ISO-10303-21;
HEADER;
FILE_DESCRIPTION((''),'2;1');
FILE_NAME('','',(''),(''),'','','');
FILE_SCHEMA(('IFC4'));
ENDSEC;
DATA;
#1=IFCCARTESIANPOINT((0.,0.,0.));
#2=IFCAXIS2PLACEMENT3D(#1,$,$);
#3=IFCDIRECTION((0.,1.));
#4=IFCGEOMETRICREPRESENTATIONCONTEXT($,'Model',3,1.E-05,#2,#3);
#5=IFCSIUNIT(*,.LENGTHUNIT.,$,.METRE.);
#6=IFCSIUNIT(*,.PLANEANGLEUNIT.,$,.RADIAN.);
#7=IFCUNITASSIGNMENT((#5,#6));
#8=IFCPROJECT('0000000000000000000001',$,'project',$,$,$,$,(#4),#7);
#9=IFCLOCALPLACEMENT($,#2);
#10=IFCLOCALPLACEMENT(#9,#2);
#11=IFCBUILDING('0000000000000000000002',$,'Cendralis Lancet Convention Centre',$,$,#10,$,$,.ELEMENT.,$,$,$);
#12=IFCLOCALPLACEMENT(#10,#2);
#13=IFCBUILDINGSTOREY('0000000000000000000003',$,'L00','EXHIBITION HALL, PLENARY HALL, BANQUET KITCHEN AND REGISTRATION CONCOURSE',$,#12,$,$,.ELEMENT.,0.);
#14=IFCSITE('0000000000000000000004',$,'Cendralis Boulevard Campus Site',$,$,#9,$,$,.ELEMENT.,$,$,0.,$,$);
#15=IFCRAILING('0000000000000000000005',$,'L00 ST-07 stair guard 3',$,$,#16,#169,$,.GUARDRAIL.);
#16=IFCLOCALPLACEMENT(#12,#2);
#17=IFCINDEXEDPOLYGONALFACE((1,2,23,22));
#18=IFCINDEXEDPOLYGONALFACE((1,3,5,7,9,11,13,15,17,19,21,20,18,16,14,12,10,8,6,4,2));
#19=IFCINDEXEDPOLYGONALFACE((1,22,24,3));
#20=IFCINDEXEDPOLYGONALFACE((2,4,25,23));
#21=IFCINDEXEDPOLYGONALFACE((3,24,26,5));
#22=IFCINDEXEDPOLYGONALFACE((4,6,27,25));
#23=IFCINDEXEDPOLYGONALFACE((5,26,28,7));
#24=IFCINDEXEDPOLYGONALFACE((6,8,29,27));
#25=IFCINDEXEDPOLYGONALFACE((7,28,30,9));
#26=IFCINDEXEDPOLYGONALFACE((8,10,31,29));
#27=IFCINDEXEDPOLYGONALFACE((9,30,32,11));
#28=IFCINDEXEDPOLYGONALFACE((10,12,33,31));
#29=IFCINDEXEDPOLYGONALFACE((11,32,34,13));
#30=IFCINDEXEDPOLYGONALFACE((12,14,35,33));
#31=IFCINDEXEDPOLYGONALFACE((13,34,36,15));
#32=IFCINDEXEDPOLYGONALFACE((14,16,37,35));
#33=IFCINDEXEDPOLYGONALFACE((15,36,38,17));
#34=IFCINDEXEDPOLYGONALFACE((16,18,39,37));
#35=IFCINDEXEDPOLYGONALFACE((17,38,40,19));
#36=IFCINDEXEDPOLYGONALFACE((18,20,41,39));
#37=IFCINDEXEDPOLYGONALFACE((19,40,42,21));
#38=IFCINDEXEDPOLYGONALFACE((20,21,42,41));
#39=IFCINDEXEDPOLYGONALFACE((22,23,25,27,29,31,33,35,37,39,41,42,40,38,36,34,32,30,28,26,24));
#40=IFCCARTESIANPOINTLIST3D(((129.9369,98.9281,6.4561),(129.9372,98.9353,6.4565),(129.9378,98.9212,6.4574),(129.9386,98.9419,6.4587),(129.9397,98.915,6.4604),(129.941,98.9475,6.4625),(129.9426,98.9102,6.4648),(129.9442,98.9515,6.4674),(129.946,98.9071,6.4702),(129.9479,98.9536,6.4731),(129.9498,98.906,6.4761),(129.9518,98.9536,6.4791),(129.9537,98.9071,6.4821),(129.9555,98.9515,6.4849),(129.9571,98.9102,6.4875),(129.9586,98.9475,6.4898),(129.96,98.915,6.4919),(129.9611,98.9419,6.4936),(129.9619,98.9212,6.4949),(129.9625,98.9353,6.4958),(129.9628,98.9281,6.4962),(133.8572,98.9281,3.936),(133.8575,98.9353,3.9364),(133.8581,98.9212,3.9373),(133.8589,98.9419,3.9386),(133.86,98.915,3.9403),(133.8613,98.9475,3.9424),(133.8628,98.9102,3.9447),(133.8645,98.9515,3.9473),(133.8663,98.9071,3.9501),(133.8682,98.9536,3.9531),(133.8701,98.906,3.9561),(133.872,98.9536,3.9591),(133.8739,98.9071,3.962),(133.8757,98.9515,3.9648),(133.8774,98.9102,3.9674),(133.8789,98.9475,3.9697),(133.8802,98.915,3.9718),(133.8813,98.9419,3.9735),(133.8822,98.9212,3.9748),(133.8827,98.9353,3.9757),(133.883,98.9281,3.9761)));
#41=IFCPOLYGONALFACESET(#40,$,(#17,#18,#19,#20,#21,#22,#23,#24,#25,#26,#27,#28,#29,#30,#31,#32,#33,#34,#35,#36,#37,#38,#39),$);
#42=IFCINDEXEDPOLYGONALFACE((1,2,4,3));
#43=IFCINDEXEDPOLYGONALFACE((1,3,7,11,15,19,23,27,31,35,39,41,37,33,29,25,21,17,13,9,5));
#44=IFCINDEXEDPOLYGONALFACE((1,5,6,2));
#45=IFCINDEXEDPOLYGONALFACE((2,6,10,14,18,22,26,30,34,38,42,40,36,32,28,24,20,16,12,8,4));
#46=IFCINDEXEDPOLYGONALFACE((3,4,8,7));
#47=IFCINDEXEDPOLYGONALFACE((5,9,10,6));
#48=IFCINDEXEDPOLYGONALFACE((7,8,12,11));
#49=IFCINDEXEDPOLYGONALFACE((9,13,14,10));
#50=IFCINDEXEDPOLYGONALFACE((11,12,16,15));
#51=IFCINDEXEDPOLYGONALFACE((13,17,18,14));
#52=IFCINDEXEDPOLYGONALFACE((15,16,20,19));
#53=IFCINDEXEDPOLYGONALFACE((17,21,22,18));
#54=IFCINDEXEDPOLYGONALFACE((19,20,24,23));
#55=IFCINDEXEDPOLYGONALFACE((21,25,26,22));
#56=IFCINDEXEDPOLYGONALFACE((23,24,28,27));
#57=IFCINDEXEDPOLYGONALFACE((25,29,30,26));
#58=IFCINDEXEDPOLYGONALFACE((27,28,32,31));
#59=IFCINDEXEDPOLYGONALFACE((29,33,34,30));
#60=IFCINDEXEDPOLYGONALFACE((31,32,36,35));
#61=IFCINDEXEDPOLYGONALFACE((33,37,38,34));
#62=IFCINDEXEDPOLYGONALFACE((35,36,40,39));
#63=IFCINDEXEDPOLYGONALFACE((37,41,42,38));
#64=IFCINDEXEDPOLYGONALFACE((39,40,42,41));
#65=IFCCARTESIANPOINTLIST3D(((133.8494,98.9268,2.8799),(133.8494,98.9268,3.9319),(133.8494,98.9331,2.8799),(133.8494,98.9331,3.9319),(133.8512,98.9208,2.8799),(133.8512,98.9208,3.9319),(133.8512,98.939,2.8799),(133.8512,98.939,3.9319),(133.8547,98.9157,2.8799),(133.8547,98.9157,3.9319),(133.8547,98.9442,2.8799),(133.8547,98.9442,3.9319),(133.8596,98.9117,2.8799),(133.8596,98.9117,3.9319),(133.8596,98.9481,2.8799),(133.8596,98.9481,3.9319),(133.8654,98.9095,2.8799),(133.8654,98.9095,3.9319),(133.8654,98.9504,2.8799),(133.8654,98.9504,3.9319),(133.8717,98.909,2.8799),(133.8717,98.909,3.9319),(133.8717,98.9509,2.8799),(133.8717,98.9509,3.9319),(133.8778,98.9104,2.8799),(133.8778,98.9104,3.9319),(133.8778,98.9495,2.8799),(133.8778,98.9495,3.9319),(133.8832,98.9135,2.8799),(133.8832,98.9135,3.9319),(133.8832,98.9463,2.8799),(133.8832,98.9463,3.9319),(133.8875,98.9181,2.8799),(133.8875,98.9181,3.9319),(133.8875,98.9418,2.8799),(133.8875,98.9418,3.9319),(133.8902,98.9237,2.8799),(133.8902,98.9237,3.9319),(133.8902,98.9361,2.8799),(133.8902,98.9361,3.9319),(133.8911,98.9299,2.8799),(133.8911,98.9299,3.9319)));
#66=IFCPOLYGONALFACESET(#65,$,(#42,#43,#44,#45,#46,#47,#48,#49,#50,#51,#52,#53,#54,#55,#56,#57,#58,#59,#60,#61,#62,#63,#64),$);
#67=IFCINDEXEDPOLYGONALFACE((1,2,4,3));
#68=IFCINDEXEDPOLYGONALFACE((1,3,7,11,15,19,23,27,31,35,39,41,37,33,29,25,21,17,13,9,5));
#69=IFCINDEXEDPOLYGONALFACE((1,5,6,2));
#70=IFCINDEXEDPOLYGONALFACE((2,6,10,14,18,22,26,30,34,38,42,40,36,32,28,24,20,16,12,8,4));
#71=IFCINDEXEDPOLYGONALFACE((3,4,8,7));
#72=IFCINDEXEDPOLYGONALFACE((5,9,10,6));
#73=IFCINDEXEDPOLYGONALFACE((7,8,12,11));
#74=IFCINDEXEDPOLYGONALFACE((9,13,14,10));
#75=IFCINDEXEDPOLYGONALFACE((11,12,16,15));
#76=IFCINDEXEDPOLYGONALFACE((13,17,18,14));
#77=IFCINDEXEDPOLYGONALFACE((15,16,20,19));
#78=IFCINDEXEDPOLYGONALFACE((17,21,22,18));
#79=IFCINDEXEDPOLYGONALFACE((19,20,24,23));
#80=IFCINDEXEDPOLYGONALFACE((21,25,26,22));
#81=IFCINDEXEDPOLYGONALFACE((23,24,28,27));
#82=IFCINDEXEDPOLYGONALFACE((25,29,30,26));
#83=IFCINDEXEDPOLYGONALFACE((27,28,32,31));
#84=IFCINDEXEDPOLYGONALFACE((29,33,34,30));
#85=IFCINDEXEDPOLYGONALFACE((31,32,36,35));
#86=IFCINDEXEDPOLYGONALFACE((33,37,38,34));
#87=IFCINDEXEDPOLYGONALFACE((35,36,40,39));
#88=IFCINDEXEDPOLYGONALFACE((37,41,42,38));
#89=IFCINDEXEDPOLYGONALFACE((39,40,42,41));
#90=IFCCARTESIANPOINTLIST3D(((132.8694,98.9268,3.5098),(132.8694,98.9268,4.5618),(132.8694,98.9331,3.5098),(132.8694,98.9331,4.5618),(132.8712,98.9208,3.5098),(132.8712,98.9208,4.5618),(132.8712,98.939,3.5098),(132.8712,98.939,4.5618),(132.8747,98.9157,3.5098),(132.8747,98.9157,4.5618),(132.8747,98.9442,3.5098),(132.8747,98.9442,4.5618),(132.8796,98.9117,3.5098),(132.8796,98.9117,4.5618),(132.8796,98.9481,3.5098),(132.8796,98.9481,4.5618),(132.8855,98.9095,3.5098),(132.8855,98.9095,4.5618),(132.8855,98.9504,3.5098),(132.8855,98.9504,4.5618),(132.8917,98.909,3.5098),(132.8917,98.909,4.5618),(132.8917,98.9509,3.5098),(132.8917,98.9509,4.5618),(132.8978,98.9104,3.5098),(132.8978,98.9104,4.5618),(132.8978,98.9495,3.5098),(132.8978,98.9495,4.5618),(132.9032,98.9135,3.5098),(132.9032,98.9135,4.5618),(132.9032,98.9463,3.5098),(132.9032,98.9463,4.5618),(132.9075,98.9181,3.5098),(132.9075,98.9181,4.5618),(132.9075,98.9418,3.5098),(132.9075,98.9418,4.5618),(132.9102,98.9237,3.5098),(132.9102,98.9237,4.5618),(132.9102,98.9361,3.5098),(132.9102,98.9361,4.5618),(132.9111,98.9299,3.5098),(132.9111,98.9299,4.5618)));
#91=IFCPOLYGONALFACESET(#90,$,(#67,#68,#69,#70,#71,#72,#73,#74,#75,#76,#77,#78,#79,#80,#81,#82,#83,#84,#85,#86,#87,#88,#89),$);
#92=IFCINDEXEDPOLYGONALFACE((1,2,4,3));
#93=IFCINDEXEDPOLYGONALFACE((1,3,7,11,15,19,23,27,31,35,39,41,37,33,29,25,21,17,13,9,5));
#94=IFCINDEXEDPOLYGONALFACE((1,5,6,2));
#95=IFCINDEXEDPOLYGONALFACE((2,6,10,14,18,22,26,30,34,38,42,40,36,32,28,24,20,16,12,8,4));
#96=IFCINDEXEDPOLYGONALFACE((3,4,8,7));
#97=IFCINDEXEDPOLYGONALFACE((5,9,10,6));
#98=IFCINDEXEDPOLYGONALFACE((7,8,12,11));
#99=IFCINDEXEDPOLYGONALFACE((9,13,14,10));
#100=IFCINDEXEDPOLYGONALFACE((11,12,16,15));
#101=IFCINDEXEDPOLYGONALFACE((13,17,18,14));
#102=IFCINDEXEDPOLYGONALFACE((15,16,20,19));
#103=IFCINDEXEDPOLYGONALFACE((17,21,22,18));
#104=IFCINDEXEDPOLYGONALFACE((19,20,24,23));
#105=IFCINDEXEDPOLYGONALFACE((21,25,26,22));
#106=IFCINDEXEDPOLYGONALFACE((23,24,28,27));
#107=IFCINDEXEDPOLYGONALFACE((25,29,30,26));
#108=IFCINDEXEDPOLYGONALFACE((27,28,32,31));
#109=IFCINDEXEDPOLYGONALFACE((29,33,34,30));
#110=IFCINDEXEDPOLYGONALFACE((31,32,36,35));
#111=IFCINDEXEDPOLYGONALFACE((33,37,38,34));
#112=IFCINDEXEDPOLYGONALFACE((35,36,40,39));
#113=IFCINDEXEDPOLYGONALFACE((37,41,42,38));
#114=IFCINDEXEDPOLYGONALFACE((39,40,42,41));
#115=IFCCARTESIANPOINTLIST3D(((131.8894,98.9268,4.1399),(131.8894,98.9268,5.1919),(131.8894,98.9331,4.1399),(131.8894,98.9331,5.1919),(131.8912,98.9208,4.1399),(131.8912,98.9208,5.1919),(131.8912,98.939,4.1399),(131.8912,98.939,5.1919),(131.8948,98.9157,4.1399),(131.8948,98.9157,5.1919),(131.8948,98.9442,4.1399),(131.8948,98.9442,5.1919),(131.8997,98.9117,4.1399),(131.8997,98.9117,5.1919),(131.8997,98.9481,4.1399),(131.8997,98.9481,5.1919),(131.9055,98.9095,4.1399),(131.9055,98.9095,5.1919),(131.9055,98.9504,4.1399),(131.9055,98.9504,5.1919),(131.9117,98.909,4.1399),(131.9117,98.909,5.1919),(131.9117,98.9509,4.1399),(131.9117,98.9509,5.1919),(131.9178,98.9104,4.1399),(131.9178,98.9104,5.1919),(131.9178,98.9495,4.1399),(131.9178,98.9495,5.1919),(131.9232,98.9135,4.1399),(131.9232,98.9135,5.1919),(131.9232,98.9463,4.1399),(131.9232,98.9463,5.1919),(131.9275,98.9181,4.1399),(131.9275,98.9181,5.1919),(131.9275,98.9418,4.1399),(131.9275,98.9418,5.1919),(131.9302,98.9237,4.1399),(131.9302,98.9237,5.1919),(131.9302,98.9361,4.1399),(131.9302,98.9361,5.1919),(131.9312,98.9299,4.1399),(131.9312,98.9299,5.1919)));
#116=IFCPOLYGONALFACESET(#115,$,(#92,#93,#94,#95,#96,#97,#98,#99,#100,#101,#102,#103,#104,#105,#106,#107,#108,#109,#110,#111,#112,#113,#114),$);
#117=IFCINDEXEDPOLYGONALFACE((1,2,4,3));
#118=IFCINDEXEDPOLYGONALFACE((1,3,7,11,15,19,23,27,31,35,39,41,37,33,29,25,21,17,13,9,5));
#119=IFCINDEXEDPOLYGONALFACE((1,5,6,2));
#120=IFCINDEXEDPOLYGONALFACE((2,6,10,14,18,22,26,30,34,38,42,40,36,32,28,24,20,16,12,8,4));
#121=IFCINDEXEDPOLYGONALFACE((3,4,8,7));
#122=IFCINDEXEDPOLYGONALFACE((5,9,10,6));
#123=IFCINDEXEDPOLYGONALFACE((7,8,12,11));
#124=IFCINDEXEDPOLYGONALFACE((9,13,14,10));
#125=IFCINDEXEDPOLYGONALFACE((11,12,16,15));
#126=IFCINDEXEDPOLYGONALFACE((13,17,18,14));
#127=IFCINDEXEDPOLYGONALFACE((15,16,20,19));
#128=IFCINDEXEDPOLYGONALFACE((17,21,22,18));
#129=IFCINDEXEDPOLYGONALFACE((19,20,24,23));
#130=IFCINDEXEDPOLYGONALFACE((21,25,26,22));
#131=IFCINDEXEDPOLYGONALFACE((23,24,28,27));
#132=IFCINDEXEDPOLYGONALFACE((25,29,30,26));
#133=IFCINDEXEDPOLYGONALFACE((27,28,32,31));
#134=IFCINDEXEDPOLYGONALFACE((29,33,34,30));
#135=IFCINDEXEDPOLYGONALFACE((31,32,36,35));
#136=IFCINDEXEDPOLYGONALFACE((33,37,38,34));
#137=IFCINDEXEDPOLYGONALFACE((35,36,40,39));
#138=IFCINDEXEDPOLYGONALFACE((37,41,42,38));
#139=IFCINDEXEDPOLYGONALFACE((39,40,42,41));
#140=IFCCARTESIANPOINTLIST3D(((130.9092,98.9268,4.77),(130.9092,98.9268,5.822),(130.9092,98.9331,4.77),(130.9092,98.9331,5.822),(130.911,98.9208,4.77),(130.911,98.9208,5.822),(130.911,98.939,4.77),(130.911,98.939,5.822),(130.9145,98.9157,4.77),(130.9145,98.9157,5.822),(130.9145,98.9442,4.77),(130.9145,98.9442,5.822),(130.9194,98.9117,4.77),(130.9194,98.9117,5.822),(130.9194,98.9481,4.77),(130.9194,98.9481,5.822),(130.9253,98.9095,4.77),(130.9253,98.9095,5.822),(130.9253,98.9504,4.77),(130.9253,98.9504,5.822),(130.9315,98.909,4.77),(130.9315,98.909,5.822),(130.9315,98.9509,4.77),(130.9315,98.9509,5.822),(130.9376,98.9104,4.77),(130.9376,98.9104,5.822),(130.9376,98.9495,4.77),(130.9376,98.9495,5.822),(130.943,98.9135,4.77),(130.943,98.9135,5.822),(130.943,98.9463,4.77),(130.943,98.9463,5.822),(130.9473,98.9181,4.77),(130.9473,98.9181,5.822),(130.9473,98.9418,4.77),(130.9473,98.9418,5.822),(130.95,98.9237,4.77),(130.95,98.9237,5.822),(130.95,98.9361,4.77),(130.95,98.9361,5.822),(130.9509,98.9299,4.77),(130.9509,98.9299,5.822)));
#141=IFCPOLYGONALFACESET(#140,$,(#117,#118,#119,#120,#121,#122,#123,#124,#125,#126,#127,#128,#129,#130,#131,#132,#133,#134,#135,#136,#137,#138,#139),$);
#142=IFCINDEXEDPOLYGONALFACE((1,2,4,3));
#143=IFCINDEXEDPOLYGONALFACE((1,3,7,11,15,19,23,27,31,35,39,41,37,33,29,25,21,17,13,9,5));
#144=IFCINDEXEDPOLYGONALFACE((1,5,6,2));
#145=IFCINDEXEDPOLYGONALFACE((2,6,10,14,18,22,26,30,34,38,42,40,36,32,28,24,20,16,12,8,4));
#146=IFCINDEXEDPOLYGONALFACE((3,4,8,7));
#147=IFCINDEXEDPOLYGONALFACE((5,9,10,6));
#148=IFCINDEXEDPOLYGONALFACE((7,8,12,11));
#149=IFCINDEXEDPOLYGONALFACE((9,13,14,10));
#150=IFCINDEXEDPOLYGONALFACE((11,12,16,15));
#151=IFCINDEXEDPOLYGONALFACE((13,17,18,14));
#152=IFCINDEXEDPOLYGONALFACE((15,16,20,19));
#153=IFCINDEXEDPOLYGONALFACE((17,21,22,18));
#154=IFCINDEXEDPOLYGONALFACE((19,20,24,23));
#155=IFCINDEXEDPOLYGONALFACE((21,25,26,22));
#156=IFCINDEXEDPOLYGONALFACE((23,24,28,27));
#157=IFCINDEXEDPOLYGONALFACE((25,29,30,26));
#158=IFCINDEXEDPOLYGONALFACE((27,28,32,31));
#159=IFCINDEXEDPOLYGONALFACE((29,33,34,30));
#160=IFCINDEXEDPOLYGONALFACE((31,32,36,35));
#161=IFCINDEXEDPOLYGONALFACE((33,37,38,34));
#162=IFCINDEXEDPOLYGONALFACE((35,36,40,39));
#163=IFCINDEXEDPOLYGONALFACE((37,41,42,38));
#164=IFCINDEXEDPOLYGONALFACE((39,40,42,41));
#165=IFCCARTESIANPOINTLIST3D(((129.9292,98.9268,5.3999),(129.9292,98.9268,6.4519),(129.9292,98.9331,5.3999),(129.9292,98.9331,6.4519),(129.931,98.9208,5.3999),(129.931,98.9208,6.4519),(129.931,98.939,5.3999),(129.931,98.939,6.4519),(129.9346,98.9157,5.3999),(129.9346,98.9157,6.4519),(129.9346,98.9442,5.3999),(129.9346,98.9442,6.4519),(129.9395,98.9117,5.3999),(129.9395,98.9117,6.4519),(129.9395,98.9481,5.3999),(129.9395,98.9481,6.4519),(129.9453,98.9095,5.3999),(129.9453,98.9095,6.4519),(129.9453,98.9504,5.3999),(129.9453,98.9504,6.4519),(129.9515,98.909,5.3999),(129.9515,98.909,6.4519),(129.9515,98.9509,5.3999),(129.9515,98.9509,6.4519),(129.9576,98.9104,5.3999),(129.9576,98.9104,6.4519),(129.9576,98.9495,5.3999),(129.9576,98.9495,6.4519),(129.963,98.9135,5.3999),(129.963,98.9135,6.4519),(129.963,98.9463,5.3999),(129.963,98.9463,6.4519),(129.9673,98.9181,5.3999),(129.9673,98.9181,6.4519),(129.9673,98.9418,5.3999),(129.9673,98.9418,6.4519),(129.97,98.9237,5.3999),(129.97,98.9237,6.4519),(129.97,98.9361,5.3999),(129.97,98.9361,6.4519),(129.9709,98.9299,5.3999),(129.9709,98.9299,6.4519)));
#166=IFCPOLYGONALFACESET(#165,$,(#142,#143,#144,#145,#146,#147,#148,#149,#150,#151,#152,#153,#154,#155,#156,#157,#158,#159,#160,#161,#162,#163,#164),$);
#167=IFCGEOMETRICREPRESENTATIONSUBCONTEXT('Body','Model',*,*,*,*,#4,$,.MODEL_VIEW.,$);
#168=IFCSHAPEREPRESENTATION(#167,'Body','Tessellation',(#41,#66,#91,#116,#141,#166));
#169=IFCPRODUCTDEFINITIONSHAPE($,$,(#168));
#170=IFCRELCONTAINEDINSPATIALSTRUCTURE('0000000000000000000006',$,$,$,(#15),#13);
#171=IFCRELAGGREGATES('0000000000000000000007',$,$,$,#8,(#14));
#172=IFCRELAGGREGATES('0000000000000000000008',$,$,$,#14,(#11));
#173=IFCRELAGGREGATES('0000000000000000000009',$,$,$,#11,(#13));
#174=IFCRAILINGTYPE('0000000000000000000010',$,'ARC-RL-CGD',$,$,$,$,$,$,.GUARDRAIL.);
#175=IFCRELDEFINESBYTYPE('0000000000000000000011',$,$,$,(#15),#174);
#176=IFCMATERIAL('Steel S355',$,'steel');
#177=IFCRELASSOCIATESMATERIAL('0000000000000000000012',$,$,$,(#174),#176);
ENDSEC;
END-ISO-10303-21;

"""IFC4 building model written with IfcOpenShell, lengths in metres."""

from ifc_helpers import new_model, si_unit, direction, frame, origin, origin_2d, place, context, subcontext, project, spatial, circle, extrude, material, type_object, element, save


model = new_model("IFC4")

# Units and contexts
model_context = context("Model", 3, precision=1e-05, world=origin(), true_north=direction((0.0, 1.0)))
body_context = subcontext(model_context, "Body", "Model", "MODEL_VIEW")
ifc_project = project(units=[si_unit("LENGTHUNIT", "METRE"), si_unit("PLANEANGLEUNIT", "RADIAN")], contexts=[model_context])

# Site, building, storey
site_placement = place(None, origin())
site = spatial("IfcSite", under=ifc_project, at=site_placement, Name="Cendralis Boulevard Campus Site", CompositionType="ELEMENT", RefElevation=0.0)
building_placement = place(site_placement, origin())
building = spatial("IfcBuilding", under=site, at=building_placement, Name="Cendralis Lancet Convention Centre", CompositionType="ELEMENT")
storey_placement = place(building_placement, origin())
storey = spatial("IfcBuildingStorey", under=building, at=storey_placement, Name="L00", Description="EXHIBITION HALL, PLENARY HALL, BANQUET KITCHEN AND REGISTRATION CONCOURSE", CompositionType="ELEMENT", Elevation=0.0)

# Shared definitions
ifc_material_1 = material(Name="Steel S355", Category="steel")

# Railing
railing_type_1 = type_object("IfcRailingType", Name="ARC-RL-CGD", PredefinedType="GUARDRAIL", material=ifc_material_1)
railing_1_placement = place(storey_placement, frame((133.8701, 98.9299, 2.8799)))
element("IfcRailing", 1, at=railing_1_placement, inside=storey, type_object=railing_type_1, Name="L00 ST-07 stair guard 3", PredefinedType="GUARDRAIL", context=body_context, shape_type="SweptSolid", body=[
    extrude(circle(Radius=0.0239, at=origin_2d()), frame((0.0, 0.0, 1.0762), z_axis=(-0.841187, 0.0, 0.540744), x_axis=(0.0, -1.0, 0.0)), (0.0, 0.0, 1.0), 4.6604),
    extrude(circle(Radius=0.021, at=origin_2d()), origin(), (0.0, 0.0, 1.0), 1.052),
    extrude(circle(Radius=0.021, at=origin_2d()), frame((-0.98, 0.0, 0.6299)), (0.0, 0.0, 1.0), 1.052),
    extrude(circle(Radius=0.021, at=origin_2d()), frame((-1.96, 0.0, 1.26)), (0.0, 0.0, 1.0), 1.052),
    extrude(circle(Radius=0.021, at=origin_2d()), frame((-2.9402, 0.0, 1.8901)), (0.0, 0.0, 1.0), 1.052),
    extrude(circle(Radius=0.021, at=origin_2d()), frame((-3.9202, 0.0, 2.52)), (0.0, 0.0, 1.0), 1.052),
])

save(model, "model.ifc")
